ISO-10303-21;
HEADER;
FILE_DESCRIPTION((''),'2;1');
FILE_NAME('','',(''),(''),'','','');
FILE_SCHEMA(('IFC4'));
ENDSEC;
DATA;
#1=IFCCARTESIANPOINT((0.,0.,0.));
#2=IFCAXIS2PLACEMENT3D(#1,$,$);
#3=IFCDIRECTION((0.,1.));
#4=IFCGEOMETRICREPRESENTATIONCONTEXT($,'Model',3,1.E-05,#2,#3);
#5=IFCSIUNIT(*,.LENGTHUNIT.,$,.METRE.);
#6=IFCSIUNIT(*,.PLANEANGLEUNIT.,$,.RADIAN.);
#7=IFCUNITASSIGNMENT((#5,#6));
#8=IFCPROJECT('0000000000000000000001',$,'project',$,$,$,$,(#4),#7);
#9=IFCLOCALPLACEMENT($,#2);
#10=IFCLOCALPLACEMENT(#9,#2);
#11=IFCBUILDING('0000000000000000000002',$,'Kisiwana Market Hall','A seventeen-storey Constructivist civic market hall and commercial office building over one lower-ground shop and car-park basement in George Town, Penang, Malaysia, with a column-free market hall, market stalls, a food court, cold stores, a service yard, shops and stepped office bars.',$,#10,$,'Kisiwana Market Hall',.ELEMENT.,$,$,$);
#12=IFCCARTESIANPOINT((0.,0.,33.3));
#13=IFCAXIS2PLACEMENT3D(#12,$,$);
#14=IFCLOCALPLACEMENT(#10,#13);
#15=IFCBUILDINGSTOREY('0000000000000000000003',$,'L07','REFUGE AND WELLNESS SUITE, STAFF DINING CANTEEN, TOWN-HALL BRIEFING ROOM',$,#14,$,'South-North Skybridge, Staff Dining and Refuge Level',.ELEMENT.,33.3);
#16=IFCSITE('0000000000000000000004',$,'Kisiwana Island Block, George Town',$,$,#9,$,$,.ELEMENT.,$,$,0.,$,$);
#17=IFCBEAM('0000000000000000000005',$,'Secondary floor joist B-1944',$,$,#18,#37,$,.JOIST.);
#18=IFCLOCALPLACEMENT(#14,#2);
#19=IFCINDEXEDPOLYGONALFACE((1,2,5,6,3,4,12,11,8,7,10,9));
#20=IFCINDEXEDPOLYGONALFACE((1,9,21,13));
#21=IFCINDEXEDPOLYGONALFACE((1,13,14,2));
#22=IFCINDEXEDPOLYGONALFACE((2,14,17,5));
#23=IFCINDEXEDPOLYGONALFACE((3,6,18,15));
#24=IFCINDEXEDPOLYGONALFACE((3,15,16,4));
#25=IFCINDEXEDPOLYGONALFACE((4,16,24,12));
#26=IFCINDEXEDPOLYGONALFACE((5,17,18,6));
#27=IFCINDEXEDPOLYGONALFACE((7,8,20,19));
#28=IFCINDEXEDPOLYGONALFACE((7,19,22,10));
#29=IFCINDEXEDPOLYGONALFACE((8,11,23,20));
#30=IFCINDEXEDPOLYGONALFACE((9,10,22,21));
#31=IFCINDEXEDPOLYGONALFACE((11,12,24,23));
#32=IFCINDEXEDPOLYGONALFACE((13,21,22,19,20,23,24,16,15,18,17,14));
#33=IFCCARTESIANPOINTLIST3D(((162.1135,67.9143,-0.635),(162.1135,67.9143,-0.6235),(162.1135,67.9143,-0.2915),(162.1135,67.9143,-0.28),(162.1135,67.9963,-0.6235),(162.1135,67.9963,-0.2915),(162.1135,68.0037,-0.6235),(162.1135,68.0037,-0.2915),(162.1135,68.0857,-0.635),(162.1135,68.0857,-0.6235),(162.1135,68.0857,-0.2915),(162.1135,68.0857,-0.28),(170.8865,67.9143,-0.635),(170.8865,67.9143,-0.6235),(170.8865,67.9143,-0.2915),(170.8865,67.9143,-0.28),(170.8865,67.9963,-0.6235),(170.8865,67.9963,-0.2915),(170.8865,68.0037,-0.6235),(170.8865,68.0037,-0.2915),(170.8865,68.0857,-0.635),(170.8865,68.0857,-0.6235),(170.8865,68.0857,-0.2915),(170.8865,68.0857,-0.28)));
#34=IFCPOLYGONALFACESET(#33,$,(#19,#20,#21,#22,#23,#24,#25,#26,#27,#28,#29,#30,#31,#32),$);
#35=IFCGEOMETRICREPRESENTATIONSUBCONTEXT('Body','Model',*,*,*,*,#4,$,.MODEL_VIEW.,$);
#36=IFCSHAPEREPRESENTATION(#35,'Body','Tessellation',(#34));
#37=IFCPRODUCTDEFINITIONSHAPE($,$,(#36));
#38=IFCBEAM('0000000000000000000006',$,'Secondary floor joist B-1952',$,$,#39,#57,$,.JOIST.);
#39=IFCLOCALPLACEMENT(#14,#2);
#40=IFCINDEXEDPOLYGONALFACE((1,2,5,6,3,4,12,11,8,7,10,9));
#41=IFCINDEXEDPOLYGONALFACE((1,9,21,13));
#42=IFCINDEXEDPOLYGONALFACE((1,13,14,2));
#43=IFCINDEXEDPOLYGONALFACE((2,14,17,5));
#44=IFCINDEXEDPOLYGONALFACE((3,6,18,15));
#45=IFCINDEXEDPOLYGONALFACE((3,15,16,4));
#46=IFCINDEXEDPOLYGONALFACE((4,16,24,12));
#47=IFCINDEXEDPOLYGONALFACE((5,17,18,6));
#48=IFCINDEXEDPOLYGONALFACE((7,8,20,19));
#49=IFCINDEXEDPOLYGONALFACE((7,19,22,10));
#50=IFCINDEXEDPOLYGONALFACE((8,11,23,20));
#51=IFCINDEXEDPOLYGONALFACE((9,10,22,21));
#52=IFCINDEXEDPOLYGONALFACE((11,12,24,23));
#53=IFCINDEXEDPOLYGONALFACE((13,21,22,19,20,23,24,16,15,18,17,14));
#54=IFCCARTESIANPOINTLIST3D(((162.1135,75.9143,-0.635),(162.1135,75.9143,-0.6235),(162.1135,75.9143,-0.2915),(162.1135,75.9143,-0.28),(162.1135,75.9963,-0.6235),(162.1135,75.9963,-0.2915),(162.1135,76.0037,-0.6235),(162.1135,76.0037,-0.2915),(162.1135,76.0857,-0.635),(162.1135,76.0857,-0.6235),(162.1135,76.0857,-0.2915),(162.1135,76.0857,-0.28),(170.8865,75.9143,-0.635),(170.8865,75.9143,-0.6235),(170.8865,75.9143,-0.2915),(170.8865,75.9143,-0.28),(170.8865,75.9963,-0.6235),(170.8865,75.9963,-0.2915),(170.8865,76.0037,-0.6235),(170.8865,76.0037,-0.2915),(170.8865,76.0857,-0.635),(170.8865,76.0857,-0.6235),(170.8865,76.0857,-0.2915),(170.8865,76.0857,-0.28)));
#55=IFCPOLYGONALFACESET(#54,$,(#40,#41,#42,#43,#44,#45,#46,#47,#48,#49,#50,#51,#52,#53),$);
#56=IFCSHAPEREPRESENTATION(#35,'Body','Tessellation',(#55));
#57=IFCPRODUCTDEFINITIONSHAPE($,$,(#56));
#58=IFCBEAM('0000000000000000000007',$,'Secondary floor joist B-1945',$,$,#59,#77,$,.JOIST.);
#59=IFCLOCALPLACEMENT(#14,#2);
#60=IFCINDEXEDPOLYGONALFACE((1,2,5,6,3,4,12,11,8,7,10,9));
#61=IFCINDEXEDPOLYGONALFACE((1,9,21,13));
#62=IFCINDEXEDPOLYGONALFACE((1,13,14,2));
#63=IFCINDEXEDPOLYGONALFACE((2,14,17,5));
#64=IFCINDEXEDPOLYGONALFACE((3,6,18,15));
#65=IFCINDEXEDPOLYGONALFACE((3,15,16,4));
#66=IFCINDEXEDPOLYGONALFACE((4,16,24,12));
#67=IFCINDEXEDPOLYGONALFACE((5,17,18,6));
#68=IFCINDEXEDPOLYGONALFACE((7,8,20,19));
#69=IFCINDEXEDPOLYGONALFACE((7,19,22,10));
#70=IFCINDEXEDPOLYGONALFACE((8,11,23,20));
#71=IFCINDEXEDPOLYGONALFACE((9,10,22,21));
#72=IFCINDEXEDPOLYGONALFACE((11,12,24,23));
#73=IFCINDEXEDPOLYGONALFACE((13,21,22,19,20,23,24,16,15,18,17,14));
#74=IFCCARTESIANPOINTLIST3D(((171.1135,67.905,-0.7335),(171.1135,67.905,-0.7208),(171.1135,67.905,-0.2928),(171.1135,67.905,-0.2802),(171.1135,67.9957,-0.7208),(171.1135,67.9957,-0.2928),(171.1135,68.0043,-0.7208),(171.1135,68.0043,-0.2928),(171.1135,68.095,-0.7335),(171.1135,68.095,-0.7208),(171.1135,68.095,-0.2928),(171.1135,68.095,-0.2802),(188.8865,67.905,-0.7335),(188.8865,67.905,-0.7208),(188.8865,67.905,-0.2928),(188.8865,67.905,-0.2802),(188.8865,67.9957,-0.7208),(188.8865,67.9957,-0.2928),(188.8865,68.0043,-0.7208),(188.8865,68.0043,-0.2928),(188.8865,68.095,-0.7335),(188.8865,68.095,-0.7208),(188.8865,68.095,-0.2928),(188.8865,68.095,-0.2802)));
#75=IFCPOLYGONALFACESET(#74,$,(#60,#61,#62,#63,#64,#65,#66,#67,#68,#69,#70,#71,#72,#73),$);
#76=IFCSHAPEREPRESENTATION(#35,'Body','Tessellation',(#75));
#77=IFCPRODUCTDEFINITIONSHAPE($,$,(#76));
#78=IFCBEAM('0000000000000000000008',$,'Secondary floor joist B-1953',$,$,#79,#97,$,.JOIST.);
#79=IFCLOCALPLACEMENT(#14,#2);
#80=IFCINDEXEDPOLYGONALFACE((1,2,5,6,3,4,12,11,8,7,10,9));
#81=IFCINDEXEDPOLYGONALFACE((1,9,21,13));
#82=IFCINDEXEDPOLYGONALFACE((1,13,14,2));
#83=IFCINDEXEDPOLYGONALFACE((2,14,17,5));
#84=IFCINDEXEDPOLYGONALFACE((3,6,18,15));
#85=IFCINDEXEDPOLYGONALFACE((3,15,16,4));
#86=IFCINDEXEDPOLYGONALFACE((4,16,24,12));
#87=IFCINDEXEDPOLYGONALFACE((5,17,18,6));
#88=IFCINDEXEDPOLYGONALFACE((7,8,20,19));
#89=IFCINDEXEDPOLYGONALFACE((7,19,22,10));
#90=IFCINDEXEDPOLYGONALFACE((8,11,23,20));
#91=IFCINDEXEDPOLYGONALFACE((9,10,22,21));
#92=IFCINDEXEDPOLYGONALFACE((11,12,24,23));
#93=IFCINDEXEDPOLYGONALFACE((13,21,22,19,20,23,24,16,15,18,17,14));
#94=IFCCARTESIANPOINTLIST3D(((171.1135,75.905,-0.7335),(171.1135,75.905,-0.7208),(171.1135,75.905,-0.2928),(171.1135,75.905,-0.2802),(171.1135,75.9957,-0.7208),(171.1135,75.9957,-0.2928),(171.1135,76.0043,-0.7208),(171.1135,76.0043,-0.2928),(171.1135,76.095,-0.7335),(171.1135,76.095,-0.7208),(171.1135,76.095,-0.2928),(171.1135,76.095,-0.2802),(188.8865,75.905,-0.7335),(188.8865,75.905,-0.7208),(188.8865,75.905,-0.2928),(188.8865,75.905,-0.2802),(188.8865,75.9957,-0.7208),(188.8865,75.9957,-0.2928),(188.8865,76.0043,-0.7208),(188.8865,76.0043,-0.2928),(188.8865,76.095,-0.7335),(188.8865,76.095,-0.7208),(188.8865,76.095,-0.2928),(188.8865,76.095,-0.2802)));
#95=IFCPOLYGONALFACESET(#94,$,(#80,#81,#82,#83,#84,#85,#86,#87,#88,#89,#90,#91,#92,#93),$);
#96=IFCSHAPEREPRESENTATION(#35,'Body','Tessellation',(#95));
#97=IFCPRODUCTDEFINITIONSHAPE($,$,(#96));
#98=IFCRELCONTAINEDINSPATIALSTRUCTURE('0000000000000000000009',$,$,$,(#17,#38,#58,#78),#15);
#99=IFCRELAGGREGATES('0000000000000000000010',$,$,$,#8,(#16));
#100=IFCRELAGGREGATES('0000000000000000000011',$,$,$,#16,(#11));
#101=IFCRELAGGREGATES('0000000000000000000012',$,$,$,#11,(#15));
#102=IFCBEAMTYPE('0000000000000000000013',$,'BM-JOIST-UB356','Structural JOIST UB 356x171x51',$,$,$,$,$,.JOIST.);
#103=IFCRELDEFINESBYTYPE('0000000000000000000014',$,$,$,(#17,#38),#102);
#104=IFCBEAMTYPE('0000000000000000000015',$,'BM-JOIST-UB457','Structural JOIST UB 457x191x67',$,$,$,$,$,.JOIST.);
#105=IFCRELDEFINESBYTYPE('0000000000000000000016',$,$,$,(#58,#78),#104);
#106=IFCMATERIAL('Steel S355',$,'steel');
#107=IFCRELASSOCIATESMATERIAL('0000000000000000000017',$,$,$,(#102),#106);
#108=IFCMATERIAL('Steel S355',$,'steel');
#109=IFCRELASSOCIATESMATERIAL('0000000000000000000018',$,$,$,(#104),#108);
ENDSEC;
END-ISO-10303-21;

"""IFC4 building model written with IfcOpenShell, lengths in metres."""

from ifc_helpers import new_model, si_unit, direction, frame, origin, origin_2d, place, context, subcontext, project, spatial, i_section, extrude, material, material_profile, profile_set, type_object, element, save


model = new_model("IFC4")

# Units and contexts
model_context = context("Model", 3, precision=1e-05, world=origin(), true_north=direction((0.0, 1.0)))
body_context = subcontext(model_context, "Body", "Model", "MODEL_VIEW")
ifc_project = project(units=[si_unit("LENGTHUNIT", "METRE"), si_unit("PLANEANGLEUNIT", "RADIAN")], contexts=[model_context])

# Site, building, storey
site_placement = place(None, origin())
site = spatial("IfcSite", under=ifc_project, at=site_placement, Name="Kisiwana Island Block, George Town", CompositionType="ELEMENT", RefElevation=0.0)
building_placement = place(site_placement, origin())
building = spatial("IfcBuilding", under=site, at=building_placement, Name="Kisiwana Market Hall", Description="A seventeen-storey Constructivist civic market hall and commercial office building over one lower-ground shop and car-park basement in George Town, Penang, Malaysia, with a column-free market hall, market stalls, a food court, cold stores, a service yard, shops and stepped office bars.", LongName="Kisiwana Market Hall", CompositionType="ELEMENT")
storey_placement = place(building_placement, frame((0.0, 0.0, 33.3)))
storey = spatial("IfcBuildingStorey", under=building, at=storey_placement, Name="L07", Description="REFUGE AND WELLNESS SUITE, STAFF DINING CANTEEN, TOWN-HALL BRIEFING ROOM", LongName="South-North Skybridge, Staff Dining and Refuge Level", CompositionType="ELEMENT", Elevation=33.3)

# Beams
ifc_material_1 = material(Name="Steel S355", Category="steel")
ifc_material_profile_1 = material_profile(ifc_material_1, i_section(OverallWidth=0.1714, OverallDepth=0.355, WebThickness=0.0073, FlangeThickness=0.0115, at=origin_2d()), Name="UB 356x171x51")
ifc_profile_set_1 = profile_set([ifc_material_profile_1], Name="Steel S355")
beam_type_1 = type_object("IfcBeamType", Name="BM-JOIST-UB356", Description="Structural JOIST UB 356x171x51", PredefinedType="JOIST", material=ifc_profile_set_1)
for number, where, z_axis, x_axis, name in (
    (1, (162.1135, 68.0, -0.4575), (1.0, 0.0, 0.0), (0.0, 1.0, 0.0), "Secondary floor joist B-1944"),
    (2, (162.1135, 76.0, -0.4575), (1.0, 0.0, 0.0), (0.0, 1.0, 0.0), "Secondary floor joist B-1952"),
):
    element("IfcBeam", number, at=place(storey_placement, frame(where, z_axis=z_axis, x_axis=x_axis)), inside=storey, type_object=beam_type_1, Name=name, PredefinedType="JOIST", context=body_context, shape_type="SweptSolid", body=[
        extrude(i_section(OverallWidth=0.1714, OverallDepth=0.355, WebThickness=0.0073, FlangeThickness=0.0115, at=origin_2d()), origin(), (0.0, 0.0, 1.0), 8.7729),
    ])
ifc_material_2 = material(Name="Steel S355", Category="steel")
ifc_material_profile_2 = material_profile(ifc_material_2, i_section(OverallWidth=0.1899, OverallDepth=0.4534, WebThickness=0.0085, FlangeThickness=0.0127, at=origin_2d()), Name="UB 457x191x67")
ifc_profile_set_2 = profile_set([ifc_material_profile_2], Name="Steel S355")
beam_type_2 = type_object("IfcBeamType", Name="BM-JOIST-UB457", Description="Structural JOIST UB 457x191x67", PredefinedType="JOIST", material=ifc_profile_set_2)
for number, where, z_axis, x_axis, name in (
    (3, (171.1135, 68.0, -0.5068), (1.0, 0.0, 0.0), (0.0, 1.0, 0.0), "Secondary floor joist B-1945"),
    (4, (171.1135, 76.0, -0.5068), (1.0, 0.0, 0.0), (0.0, 1.0, 0.0), "Secondary floor joist B-1953"),
):
    element("IfcBeam", number, at=place(storey_placement, frame(where, z_axis=z_axis, x_axis=x_axis)), inside=storey, type_object=beam_type_2, Name=name, PredefinedType="JOIST", context=body_context, shape_type="SweptSolid", body=[
        extrude(i_section(OverallWidth=0.1899, OverallDepth=0.4534, WebThickness=0.0085, FlangeThickness=0.0127, at=origin_2d()), origin(), (0.0, 0.0, 1.0), 17.7729),
    ])

save(model, "model.ifc")
